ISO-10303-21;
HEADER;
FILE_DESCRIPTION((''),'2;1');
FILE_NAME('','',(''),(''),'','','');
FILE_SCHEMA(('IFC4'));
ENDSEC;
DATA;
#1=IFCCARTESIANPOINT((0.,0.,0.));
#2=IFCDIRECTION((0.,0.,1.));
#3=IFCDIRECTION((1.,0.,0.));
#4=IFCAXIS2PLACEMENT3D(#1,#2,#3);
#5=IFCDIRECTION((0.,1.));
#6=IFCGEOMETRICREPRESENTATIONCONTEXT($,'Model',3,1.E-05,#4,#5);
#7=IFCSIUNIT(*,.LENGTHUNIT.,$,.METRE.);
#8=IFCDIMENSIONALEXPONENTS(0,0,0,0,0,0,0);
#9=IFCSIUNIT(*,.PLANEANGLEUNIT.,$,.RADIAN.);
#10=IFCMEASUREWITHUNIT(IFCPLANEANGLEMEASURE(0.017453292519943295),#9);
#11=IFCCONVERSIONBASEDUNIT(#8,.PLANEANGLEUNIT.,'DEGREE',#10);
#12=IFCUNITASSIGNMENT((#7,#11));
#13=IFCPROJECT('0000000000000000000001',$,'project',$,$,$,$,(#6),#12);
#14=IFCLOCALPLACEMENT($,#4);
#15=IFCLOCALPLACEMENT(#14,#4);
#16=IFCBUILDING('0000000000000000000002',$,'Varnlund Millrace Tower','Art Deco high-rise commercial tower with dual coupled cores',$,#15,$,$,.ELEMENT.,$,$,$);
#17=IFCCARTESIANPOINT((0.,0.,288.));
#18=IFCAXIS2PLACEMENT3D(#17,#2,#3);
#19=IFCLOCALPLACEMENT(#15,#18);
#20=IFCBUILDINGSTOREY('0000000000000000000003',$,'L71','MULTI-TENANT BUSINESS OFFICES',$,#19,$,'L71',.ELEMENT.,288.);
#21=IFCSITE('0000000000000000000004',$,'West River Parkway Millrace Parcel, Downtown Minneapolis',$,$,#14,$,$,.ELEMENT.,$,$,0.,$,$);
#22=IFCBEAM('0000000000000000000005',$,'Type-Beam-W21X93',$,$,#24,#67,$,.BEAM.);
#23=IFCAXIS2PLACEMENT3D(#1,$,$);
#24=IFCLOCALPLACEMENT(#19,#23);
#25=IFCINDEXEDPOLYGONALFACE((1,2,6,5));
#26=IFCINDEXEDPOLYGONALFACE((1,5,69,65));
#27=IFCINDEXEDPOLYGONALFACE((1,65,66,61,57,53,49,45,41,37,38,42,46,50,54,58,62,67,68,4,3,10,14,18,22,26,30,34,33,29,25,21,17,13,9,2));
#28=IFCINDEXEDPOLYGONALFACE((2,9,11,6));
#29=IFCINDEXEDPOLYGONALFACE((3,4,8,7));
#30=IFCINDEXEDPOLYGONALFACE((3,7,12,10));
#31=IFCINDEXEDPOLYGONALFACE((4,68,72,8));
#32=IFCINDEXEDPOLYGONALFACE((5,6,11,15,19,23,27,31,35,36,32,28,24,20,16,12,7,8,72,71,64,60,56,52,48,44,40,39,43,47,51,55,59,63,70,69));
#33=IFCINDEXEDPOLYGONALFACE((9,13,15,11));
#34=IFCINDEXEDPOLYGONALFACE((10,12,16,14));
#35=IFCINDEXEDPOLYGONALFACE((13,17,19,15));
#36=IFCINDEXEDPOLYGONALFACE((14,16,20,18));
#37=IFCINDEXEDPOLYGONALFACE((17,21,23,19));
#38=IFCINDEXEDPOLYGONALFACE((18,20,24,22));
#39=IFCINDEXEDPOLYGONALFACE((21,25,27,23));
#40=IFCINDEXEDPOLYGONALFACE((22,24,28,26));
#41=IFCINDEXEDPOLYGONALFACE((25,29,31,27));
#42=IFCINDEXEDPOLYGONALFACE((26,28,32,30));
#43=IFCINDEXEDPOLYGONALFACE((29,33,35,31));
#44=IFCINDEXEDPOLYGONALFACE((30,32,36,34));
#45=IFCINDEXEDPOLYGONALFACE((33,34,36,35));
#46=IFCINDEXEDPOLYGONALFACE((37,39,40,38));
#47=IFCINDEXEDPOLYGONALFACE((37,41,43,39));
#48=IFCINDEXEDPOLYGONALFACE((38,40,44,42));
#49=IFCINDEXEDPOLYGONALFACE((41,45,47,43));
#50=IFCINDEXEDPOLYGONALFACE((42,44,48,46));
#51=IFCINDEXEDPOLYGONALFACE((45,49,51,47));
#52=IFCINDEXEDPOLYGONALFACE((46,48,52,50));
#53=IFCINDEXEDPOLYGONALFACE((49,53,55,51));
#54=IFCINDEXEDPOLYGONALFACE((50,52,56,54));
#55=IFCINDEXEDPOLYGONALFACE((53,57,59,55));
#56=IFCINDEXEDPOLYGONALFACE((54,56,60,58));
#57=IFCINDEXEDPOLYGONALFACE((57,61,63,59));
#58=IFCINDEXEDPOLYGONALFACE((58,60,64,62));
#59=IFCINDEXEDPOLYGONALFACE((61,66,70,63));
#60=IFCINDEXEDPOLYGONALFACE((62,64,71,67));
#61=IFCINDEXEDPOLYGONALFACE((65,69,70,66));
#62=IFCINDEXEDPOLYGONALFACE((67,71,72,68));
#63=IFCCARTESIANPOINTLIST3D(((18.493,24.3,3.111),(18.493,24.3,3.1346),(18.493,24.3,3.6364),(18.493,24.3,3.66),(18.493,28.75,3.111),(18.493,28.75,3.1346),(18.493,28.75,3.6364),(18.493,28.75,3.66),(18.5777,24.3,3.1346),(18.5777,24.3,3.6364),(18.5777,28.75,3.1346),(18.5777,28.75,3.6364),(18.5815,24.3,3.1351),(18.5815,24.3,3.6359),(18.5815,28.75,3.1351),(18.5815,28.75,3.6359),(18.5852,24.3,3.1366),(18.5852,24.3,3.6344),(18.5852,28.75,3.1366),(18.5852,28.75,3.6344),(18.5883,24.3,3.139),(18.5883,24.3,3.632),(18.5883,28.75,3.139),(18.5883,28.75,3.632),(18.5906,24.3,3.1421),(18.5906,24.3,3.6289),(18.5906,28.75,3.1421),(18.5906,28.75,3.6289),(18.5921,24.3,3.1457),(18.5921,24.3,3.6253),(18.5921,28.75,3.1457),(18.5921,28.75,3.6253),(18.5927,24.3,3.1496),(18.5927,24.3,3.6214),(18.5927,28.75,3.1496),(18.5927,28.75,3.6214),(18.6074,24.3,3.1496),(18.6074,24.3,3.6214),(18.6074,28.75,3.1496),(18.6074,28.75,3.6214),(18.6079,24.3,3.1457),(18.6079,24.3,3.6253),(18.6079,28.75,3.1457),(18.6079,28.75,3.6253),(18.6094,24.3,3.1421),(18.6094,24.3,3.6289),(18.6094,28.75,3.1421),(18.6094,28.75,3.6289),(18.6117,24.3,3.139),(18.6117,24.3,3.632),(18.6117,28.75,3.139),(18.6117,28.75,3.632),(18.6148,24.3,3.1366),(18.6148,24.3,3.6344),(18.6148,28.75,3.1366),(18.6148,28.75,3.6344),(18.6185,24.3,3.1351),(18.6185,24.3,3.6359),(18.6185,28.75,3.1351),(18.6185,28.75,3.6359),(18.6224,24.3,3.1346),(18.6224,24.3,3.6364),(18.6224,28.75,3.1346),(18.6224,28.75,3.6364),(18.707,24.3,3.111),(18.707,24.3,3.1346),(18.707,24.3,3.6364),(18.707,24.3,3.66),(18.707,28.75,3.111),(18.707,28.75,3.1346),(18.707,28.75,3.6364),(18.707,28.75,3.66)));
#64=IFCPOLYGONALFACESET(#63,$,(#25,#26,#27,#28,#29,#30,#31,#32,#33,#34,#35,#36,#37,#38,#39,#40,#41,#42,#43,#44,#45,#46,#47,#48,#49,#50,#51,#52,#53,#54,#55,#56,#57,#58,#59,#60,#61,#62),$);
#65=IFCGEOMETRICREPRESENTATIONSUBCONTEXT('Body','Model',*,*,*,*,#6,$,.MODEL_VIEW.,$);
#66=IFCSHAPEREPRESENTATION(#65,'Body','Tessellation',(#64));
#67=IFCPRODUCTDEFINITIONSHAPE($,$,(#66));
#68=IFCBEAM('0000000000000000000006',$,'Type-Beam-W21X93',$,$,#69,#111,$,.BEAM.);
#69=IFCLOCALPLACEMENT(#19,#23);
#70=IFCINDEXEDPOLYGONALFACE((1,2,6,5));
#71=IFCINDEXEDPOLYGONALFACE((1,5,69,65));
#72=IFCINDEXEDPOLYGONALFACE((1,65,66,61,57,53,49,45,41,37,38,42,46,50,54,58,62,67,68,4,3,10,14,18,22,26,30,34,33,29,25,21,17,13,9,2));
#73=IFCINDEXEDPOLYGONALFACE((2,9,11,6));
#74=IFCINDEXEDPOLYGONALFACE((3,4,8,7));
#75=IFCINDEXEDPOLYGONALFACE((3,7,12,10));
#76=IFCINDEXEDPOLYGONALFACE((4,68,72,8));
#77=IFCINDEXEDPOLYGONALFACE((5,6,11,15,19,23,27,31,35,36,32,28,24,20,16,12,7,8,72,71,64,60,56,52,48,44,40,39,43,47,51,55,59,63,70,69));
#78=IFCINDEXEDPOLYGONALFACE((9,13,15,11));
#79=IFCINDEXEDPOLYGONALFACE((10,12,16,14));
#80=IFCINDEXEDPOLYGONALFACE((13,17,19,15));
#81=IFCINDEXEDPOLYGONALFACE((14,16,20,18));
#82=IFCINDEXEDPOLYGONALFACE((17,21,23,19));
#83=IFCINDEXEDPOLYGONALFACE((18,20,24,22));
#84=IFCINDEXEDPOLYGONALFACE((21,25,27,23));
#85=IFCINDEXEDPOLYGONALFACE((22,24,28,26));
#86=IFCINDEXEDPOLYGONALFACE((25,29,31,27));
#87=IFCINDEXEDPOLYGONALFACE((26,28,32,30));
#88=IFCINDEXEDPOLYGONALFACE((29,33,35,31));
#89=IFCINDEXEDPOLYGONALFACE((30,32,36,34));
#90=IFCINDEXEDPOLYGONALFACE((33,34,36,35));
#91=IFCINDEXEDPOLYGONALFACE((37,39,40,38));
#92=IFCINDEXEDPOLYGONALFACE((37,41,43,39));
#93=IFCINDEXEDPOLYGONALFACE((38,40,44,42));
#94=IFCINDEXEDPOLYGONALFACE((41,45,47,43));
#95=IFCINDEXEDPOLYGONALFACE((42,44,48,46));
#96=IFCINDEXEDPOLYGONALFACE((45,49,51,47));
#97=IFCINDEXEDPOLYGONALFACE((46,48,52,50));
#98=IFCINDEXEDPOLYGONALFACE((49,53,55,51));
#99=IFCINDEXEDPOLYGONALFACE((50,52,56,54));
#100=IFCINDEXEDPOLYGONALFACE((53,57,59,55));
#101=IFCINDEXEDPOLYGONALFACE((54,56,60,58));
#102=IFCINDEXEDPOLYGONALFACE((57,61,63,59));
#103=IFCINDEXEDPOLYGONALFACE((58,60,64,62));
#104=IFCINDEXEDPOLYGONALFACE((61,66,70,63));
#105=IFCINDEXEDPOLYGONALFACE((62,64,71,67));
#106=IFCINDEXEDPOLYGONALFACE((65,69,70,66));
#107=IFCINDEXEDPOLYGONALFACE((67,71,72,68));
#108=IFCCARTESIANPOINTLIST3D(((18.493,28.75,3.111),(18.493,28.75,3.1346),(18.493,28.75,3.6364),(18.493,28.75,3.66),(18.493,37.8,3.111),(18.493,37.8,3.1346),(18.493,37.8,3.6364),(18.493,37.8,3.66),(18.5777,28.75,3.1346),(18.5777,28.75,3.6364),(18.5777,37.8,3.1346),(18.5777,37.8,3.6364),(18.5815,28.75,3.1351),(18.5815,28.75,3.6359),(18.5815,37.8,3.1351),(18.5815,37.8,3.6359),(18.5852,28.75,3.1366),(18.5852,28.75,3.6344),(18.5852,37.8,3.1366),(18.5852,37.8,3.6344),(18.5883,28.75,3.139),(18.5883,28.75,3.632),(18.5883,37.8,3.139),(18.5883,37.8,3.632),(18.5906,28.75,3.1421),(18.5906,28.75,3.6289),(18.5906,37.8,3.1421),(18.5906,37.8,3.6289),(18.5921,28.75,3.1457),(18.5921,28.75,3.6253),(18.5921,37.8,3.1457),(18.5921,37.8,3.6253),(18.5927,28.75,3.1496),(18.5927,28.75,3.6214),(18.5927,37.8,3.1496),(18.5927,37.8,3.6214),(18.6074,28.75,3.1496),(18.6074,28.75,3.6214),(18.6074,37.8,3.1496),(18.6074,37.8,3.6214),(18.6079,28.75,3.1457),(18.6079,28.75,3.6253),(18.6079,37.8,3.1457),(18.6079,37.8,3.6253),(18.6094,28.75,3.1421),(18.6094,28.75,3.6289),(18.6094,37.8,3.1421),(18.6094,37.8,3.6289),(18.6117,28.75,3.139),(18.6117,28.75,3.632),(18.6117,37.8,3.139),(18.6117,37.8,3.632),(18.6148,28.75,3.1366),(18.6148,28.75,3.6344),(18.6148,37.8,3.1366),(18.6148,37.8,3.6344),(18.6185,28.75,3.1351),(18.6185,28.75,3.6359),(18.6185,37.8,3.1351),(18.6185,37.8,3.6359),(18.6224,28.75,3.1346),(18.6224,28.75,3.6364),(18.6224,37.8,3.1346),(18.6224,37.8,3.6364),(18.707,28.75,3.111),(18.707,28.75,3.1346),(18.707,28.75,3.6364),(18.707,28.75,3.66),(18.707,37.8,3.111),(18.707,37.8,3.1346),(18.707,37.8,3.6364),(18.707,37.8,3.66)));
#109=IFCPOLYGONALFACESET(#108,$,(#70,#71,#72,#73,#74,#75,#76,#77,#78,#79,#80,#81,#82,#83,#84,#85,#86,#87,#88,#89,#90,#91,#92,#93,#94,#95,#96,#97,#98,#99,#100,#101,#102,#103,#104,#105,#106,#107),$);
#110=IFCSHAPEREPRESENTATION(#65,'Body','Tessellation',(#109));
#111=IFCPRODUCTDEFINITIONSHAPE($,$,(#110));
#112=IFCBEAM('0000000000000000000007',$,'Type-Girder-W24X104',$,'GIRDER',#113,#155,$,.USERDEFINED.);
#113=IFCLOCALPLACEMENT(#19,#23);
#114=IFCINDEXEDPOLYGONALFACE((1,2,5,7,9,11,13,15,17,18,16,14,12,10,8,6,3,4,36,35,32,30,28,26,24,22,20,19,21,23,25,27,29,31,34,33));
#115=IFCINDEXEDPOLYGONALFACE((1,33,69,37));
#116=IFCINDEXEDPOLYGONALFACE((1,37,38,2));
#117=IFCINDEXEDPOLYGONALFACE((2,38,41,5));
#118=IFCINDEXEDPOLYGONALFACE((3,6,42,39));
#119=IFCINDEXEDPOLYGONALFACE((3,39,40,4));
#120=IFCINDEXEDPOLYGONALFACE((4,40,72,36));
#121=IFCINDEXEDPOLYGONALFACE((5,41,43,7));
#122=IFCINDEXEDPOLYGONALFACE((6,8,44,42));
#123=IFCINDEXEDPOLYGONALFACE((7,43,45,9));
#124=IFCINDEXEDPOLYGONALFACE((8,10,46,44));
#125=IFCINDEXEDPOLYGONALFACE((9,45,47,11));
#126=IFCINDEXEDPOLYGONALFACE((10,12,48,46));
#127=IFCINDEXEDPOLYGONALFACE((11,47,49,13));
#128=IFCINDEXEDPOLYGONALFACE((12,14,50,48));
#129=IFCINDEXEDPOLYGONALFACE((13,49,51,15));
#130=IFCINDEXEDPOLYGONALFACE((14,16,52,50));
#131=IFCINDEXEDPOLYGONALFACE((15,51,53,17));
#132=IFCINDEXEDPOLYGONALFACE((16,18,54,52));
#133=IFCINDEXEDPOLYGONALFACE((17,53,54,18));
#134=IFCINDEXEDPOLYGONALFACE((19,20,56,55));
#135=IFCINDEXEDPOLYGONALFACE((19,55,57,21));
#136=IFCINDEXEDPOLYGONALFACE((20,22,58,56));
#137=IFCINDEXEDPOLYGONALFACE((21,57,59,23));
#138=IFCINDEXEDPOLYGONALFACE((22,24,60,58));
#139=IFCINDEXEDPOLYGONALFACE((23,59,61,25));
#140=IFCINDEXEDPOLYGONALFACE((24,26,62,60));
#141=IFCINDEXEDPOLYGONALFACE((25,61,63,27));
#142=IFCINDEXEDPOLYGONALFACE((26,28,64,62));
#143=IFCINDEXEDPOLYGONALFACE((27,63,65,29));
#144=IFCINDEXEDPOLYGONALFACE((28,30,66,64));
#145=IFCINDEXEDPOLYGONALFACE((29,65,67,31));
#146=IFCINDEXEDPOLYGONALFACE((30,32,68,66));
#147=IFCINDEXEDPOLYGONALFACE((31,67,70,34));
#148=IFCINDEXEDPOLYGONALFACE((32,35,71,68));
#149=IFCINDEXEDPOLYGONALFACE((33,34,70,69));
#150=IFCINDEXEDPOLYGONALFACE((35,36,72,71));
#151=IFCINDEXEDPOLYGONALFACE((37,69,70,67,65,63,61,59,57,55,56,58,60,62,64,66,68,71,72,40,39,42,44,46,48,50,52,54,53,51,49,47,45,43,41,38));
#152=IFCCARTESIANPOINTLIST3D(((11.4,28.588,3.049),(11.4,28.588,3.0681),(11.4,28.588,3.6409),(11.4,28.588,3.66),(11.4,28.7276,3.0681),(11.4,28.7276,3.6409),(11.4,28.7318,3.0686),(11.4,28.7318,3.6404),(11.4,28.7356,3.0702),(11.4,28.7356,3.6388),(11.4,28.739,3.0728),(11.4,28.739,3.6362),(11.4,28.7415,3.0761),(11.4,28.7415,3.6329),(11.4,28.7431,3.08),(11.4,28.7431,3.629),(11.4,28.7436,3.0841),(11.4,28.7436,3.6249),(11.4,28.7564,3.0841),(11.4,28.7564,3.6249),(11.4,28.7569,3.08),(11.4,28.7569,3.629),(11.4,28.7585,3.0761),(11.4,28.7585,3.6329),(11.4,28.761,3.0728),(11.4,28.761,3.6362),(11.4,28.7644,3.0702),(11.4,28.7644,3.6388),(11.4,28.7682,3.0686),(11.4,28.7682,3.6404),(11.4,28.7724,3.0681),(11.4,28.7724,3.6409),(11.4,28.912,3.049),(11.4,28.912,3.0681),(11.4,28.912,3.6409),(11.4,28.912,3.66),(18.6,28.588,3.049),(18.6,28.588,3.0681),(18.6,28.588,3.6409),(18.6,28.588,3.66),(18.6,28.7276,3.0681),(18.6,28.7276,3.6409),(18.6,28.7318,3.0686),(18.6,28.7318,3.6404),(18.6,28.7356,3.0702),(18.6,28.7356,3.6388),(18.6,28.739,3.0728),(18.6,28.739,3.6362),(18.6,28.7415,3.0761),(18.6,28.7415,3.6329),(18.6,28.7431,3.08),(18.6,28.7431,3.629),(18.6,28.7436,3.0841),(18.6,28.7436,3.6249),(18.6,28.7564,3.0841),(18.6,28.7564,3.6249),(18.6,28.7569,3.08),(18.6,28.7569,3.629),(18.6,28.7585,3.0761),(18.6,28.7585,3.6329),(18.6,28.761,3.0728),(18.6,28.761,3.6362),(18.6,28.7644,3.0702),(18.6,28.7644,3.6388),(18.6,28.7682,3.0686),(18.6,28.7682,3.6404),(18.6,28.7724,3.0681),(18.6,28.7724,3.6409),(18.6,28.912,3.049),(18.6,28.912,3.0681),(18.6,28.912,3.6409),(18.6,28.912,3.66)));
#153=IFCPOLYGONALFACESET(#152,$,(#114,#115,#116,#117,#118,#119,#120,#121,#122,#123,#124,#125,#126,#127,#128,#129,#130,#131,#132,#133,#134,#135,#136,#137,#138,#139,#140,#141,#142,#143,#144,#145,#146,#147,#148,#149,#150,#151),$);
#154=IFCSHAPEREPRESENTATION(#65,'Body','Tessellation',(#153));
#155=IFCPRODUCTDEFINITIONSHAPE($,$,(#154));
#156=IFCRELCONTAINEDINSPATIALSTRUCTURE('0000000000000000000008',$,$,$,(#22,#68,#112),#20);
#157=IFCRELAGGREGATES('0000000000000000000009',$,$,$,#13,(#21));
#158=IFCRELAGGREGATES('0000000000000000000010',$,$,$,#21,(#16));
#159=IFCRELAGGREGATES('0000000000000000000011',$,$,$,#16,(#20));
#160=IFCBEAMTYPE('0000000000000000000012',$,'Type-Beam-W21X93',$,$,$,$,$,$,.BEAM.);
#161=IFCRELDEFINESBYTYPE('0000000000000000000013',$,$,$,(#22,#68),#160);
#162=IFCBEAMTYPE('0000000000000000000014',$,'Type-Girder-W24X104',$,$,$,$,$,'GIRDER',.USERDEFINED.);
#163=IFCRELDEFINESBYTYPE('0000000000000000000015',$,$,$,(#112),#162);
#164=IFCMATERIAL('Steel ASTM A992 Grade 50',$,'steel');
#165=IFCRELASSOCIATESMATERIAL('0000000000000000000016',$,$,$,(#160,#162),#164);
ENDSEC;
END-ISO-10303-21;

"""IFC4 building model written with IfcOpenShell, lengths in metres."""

from ifc_helpers import new_model, entity, si_unit, converted_unit, direction, frame, origin_with_axes, origin_2d_with_axis, place, context, subcontext, project, spatial, i_section, extrude, material, material_profile, profile_set, type_object, element, save


model = new_model("IFC4")

# Units and contexts
model_context = context("Model", 3, precision=1e-05, world=origin_with_axes(), true_north=direction((0.0, 1.0)))
body_context = subcontext(model_context, "Body", "Model", "MODEL_VIEW")
ifc_project = project(units=[si_unit("LENGTHUNIT", "METRE"), converted_unit("PLANEANGLEUNIT", "DEGREE", entity("IfcPlaneAngleMeasure", 0.017453292519943295), si_unit("PLANEANGLEUNIT", "RADIAN"), dimensions=[0, 0, 0, 0, 0, 0, 0])], contexts=[model_context])

# Site, building, storey
site_placement = place(None, origin_with_axes())
site = spatial("IfcSite", under=ifc_project, at=site_placement, Name="West River Parkway Millrace Parcel, Downtown Minneapolis", CompositionType="ELEMENT", RefElevation=0.0)
building_placement = place(site_placement, origin_with_axes())
building = spatial("IfcBuilding", under=site, at=building_placement, Name="Varnlund Millrace Tower", Description="Art Deco high-rise commercial tower with dual coupled cores", CompositionType="ELEMENT")
storey_placement = place(building_placement, frame((0.0, 0.0, 288.0), z_axis=(0.0, 0.0, 1.0), x_axis=(1.0, 0.0, 0.0)))
storey = spatial("IfcBuildingStorey", under=building, at=storey_placement, Name="L71", Description="MULTI-TENANT BUSINESS OFFICES", LongName="L71", CompositionType="ELEMENT", Elevation=288.0)

# Beams
ifc_material_1 = material(Name="Steel ASTM A992 Grade 50", Category="steel")
ifc_material_profile_1 = material_profile(ifc_material_1, i_section(OverallWidth=0.214, OverallDepth=0.549, WebThickness=0.0147, FlangeThickness=0.0236, FilletRadius=0.015, at=origin_2d_with_axis()), Name="Steel ASTM A992 Grade 50")
ifc_profile_set_1 = profile_set([ifc_material_profile_1], Name="Steel ASTM A992 Grade 50")
beam_type_1 = type_object("IfcBeamType", Name="Type-Beam-W21X93", PredefinedType="BEAM", material=ifc_profile_set_1)
beam_1_placement = place(storey_placement, frame((18.6, 24.3, 3.3855), z_axis=(0.0, 1.0, 0.0), x_axis=(-1.0, 0.0, 0.0)))
element("IfcBeam", 1, at=beam_1_placement, inside=storey, type_object=beam_type_1, Name="Type-Beam-W21X93", PredefinedType="BEAM", context=body_context, shape_type="SweptSolid", body=[
    extrude(i_section(OverallWidth=0.214, OverallDepth=0.549, WebThickness=0.0147, FlangeThickness=0.0236, FilletRadius=0.015, at=origin_2d_with_axis()), origin_with_axes(), (0.0, 0.0, 1.0), 4.45),
])
beam_2_placement = place(storey_placement, frame((18.6, 28.75, 3.3855), z_axis=(0.0, 1.0, 0.0), x_axis=(-1.0, 0.0, 0.0)))
element("IfcBeam", 2, at=beam_2_placement, inside=storey, type_object=beam_type_1, Name="Type-Beam-W21X93", PredefinedType="BEAM", context=body_context, shape_type="SweptSolid", body=[
    extrude(i_section(OverallWidth=0.214, OverallDepth=0.549, WebThickness=0.0147, FlangeThickness=0.0236, FilletRadius=0.015, at=origin_2d_with_axis()), origin_with_axes(), (0.0, 0.0, 1.0), 9.05),
])
ifc_material_profile_2 = material_profile(ifc_material_1, i_section(OverallWidth=0.324, OverallDepth=0.611, WebThickness=0.0127, FlangeThickness=0.0191, FilletRadius=0.016, at=origin_2d_with_axis()), Name="Steel ASTM A992 Grade 50")
ifc_profile_set_2 = profile_set([ifc_material_profile_2], Name="Steel ASTM A992 Grade 50")
beam_type_2 = type_object("IfcBeamType", Name="Type-Girder-W24X104", ElementType="GIRDER", PredefinedType="USERDEFINED", material=ifc_profile_set_2)
beam_3_placement = place(storey_placement, frame((11.4, 28.75, 3.3545), z_axis=(1.0, 0.0, 0.0), x_axis=(0.0, 1.0, 0.0)))
element("IfcBeam", 3, at=beam_3_placement, inside=storey, type_object=beam_type_2, Name="Type-Girder-W24X104", ObjectType="GIRDER", PredefinedType="USERDEFINED", context=body_context, shape_type="SweptSolid", body=[
    extrude(i_section(OverallWidth=0.324, OverallDepth=0.611, WebThickness=0.0127, FlangeThickness=0.0191, FilletRadius=0.016, at=origin_2d_with_axis()), origin_with_axes(), (0.0, 0.0, 1.0), 7.2),
])

save(model, "model.ifc")
